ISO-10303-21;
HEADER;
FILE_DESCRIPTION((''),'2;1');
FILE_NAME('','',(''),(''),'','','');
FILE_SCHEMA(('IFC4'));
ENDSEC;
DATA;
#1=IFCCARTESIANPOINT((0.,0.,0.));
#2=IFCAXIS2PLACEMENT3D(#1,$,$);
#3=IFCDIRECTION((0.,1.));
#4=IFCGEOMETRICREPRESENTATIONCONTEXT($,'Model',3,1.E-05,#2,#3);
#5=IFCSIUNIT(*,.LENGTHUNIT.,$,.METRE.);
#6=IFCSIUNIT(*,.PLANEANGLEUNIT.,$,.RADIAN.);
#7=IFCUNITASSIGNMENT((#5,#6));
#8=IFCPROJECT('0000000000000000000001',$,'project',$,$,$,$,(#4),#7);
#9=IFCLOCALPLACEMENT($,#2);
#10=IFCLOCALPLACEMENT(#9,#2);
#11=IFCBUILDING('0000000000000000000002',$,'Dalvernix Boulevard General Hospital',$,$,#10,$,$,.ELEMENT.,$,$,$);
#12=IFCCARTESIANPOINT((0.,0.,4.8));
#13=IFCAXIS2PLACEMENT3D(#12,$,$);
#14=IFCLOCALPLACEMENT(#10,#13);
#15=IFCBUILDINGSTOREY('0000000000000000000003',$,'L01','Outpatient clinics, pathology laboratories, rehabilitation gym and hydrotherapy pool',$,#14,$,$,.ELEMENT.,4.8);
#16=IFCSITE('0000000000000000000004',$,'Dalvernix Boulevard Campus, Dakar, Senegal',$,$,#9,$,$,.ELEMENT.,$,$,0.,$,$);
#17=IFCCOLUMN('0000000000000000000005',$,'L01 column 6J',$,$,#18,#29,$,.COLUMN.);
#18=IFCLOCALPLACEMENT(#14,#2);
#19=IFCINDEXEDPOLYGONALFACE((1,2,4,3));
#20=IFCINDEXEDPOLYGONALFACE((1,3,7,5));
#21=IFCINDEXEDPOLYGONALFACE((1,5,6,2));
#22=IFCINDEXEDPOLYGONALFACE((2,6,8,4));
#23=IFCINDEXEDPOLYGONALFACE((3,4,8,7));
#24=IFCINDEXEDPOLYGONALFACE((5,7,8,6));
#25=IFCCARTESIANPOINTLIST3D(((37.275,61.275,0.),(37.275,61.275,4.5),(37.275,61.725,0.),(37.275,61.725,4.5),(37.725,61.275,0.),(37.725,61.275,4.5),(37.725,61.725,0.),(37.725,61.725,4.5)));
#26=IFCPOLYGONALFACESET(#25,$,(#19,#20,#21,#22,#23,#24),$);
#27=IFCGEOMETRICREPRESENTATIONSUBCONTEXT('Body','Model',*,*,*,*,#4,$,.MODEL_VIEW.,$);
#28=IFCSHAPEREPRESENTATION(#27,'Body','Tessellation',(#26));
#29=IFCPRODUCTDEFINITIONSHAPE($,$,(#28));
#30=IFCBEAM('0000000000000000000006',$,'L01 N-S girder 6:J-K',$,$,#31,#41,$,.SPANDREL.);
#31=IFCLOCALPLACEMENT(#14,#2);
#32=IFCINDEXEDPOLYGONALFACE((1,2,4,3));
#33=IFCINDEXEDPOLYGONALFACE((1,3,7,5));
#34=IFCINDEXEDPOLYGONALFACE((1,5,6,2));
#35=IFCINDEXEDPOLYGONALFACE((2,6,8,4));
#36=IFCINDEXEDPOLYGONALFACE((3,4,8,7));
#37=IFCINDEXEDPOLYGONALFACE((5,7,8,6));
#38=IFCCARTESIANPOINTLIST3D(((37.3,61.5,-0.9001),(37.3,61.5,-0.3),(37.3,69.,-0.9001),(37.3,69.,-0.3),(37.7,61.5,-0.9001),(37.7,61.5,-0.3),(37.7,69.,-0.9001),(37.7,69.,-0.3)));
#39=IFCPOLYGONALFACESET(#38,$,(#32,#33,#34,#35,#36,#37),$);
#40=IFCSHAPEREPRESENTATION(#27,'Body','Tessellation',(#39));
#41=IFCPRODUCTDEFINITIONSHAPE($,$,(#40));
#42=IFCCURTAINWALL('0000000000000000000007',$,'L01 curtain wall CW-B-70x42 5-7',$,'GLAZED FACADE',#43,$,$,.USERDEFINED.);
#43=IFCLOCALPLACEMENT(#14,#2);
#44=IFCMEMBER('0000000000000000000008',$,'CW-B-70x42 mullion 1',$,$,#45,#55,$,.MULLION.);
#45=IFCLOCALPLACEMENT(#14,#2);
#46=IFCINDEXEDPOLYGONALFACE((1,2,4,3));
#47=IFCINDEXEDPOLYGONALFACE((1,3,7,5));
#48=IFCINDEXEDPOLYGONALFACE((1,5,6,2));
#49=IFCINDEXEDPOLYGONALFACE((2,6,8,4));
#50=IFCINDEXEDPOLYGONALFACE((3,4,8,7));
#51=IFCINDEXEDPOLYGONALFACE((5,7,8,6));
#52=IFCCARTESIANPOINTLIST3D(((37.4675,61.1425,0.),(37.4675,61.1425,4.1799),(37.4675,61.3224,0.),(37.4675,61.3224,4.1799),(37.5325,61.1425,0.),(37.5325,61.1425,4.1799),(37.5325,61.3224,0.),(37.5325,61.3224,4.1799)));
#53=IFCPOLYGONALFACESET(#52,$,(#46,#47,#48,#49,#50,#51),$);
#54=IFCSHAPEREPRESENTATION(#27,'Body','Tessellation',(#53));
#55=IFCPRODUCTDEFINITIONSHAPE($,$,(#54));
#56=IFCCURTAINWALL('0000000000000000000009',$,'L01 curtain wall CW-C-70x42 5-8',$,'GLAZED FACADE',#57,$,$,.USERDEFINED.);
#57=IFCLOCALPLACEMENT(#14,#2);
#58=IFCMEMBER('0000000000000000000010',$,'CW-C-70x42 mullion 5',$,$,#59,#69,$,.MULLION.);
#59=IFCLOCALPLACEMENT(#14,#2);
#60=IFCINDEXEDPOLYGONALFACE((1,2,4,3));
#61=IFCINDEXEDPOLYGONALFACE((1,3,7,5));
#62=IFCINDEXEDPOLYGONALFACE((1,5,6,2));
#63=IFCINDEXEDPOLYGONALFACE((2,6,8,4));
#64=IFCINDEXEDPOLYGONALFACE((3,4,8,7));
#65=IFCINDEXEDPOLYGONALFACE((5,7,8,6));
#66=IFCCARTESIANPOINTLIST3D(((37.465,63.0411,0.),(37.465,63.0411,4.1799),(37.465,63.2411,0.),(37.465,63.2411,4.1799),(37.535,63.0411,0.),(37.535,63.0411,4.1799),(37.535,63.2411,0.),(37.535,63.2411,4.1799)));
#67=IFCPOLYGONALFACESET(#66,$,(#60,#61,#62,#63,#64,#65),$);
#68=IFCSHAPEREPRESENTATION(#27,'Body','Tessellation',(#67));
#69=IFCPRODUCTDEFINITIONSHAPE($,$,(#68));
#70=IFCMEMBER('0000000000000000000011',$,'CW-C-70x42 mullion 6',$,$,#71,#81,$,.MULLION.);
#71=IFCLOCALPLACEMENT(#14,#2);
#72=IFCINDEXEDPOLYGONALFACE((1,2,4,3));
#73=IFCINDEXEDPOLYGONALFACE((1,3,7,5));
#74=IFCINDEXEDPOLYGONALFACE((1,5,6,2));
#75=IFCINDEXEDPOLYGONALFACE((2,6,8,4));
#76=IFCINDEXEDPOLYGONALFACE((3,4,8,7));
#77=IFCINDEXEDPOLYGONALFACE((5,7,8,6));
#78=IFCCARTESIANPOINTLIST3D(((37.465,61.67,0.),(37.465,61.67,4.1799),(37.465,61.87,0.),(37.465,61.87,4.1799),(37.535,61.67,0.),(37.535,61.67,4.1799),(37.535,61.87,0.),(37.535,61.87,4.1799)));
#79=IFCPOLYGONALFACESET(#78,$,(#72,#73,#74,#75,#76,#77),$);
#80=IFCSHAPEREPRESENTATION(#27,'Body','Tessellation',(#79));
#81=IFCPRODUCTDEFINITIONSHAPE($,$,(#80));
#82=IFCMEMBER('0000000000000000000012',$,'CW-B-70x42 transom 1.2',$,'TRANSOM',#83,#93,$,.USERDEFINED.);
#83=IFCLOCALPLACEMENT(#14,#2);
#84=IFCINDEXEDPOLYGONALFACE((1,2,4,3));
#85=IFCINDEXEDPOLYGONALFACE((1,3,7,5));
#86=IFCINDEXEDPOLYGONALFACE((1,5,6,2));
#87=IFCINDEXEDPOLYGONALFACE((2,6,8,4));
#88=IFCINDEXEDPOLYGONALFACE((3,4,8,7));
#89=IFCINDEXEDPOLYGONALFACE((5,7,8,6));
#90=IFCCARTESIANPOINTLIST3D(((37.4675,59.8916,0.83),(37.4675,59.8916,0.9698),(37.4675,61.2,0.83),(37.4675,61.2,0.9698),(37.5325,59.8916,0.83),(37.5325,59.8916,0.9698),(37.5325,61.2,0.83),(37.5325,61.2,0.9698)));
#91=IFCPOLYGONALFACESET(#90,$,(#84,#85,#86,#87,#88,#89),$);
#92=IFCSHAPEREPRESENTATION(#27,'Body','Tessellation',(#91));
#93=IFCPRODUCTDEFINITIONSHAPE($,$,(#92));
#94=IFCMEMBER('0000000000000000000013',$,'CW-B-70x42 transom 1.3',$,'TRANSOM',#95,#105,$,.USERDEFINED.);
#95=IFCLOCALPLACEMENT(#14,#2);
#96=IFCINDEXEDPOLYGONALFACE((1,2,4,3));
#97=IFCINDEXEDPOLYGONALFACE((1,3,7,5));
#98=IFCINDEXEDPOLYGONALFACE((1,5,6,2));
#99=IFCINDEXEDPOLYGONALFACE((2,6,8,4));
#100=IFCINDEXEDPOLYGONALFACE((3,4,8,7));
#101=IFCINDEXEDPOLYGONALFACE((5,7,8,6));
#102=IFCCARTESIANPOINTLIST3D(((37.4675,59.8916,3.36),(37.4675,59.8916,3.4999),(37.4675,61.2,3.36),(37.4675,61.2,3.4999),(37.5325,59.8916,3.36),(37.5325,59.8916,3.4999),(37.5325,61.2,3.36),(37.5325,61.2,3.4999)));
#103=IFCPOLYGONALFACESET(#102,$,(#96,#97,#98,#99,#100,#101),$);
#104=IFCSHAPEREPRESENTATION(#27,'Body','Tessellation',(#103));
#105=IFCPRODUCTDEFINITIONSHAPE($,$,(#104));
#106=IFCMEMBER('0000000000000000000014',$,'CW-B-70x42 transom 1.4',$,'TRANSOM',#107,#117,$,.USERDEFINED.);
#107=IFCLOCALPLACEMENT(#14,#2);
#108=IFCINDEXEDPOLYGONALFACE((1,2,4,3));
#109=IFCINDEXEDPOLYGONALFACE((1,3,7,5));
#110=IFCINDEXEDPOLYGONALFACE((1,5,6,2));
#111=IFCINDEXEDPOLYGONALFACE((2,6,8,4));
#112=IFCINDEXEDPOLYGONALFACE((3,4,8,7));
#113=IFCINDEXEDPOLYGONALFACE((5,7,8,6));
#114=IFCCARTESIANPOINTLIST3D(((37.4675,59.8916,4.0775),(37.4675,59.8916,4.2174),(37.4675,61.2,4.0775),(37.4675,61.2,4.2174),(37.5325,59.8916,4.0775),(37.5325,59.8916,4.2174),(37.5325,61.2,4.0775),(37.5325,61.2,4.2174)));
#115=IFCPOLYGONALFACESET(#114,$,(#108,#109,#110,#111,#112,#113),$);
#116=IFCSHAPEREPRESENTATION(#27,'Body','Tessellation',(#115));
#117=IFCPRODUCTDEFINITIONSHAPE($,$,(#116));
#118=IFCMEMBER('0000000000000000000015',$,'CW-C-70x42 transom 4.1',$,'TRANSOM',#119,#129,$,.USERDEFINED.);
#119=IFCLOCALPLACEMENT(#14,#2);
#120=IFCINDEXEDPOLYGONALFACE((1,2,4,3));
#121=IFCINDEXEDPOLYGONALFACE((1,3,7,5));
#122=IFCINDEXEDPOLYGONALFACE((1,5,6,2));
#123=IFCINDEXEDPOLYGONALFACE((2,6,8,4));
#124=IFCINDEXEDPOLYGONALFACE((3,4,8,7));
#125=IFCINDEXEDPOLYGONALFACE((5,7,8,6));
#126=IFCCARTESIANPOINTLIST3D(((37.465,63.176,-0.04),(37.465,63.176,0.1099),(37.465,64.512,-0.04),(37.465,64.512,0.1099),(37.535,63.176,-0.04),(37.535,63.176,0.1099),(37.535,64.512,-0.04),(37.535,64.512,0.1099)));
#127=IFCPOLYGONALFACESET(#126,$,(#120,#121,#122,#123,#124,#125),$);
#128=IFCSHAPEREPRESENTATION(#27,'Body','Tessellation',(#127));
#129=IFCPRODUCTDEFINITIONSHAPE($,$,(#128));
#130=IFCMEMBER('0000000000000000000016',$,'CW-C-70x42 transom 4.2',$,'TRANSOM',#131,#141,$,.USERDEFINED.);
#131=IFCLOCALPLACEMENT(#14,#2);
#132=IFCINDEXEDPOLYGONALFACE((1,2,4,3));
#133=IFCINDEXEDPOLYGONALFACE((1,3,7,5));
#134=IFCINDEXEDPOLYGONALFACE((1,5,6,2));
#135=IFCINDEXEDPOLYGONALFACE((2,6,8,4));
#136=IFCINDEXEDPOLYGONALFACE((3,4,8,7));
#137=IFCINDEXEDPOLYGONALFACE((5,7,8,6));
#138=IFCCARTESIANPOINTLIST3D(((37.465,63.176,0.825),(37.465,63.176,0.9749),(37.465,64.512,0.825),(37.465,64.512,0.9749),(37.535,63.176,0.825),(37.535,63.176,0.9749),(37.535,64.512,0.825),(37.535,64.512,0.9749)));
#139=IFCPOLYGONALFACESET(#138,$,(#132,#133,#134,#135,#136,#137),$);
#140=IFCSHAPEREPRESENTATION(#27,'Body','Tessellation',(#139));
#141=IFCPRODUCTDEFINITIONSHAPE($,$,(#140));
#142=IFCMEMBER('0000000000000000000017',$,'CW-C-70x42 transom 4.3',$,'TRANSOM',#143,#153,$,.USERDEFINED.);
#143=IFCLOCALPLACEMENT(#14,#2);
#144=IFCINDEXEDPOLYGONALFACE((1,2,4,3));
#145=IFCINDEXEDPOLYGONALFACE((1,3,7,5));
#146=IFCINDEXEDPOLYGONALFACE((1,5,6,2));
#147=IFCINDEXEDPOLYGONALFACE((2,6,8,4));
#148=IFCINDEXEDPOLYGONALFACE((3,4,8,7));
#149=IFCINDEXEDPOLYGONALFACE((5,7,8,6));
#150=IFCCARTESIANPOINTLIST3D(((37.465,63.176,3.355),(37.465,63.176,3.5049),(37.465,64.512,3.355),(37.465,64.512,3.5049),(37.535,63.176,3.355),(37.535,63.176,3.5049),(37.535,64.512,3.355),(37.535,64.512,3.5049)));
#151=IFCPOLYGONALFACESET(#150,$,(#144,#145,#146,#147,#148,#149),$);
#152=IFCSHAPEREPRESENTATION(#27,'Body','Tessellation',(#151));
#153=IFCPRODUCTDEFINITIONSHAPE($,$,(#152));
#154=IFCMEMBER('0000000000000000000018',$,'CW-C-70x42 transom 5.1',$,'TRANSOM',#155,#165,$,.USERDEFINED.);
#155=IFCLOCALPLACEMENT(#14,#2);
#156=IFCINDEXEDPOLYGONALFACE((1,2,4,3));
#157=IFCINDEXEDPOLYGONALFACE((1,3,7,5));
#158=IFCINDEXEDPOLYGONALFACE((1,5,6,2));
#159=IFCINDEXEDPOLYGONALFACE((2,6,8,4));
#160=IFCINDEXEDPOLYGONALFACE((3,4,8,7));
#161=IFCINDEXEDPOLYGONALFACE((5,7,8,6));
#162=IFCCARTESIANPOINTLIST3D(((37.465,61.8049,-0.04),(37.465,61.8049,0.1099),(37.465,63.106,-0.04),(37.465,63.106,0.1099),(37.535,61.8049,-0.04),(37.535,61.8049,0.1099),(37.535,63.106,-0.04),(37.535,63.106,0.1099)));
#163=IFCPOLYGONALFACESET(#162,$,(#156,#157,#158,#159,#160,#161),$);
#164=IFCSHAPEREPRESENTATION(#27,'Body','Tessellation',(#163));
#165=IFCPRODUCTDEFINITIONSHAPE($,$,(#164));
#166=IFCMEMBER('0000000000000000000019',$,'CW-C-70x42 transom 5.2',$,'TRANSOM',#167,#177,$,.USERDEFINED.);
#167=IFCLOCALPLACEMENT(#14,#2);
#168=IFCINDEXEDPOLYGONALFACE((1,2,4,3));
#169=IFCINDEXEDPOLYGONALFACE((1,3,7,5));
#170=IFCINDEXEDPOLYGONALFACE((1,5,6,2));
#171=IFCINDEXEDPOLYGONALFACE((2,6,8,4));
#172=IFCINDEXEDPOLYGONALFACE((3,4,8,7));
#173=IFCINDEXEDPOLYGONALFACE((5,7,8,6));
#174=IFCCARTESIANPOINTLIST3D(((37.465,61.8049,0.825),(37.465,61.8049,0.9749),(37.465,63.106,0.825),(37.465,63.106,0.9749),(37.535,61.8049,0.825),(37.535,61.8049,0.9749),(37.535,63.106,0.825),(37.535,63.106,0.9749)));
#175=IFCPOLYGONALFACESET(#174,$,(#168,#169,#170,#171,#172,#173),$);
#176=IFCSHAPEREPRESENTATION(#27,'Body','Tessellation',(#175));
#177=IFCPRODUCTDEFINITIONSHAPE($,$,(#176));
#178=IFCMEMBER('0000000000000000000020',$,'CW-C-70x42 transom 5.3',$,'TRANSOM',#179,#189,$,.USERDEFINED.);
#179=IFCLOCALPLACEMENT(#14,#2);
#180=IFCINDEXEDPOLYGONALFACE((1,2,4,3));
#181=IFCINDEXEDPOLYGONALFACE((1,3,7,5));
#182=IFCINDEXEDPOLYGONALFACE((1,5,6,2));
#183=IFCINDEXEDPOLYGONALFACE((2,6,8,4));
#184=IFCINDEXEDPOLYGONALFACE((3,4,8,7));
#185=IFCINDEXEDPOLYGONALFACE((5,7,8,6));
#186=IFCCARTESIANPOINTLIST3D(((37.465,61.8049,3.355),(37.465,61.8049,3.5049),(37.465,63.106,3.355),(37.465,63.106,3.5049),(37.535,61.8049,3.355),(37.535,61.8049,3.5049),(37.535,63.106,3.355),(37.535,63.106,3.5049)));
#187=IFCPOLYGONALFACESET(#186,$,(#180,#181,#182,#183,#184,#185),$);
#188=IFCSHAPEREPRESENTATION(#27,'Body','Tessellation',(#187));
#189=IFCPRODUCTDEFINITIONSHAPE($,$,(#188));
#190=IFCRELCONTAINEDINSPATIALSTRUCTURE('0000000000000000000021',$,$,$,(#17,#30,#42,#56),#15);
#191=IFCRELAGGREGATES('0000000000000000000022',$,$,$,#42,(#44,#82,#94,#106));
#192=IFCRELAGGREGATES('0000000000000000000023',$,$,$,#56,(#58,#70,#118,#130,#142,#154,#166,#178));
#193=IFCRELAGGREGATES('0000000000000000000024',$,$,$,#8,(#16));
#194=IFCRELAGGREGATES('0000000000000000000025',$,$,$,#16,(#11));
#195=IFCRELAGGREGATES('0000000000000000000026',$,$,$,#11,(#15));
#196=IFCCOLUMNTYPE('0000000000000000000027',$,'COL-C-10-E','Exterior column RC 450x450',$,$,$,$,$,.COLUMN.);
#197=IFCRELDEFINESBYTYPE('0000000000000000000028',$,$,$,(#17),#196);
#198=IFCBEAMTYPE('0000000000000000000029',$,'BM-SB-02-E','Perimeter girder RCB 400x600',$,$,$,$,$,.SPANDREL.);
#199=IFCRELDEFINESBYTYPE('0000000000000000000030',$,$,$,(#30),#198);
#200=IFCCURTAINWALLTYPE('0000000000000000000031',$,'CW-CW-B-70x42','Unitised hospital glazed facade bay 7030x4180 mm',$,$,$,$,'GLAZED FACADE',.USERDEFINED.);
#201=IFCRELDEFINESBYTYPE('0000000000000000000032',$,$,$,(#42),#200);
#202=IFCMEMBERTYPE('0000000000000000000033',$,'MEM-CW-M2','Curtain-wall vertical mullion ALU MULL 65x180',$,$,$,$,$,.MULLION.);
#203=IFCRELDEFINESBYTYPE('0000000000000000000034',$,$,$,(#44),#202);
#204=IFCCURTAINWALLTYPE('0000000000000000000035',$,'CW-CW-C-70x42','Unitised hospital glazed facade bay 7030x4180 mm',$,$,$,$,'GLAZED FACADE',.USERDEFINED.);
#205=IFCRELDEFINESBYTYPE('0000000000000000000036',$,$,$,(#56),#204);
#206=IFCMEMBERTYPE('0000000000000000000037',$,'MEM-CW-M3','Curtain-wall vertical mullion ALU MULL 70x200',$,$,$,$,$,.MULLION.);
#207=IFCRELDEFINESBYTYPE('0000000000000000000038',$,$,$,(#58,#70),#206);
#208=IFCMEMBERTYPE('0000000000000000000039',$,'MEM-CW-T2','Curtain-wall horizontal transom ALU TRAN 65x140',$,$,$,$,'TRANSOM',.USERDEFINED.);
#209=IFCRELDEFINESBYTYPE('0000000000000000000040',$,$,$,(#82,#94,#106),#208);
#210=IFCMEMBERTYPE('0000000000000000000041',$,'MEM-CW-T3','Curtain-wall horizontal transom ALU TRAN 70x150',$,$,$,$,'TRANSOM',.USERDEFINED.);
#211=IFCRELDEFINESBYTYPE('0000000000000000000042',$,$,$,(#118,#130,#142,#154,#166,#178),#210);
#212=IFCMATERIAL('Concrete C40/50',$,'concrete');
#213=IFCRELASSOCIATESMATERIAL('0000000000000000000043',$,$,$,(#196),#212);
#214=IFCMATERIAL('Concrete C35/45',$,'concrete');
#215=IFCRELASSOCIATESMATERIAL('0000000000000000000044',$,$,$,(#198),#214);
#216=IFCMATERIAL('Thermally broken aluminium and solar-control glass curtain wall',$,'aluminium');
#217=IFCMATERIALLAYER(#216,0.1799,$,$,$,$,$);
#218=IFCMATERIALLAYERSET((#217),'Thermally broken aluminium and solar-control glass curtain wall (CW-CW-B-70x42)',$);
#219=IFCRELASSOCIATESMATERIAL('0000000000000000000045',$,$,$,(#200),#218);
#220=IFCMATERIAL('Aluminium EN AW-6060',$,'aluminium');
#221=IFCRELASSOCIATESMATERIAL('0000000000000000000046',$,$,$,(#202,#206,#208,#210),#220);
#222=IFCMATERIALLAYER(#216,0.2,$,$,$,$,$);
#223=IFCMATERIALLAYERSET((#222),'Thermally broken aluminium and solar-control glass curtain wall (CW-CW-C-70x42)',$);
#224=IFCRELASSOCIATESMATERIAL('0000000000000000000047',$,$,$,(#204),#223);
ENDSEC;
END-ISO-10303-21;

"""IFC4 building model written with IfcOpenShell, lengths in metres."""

from ifc_helpers import new_model, si_unit, direction, frame, origin, origin_2d, place, context, subcontext, project, spatial, rectangle, extrude, material, layer, layer_set, material_profile, profile_set, type_object, element, aggregate, save


model = new_model("IFC4")

# Units and contexts
model_context = context("Model", 3, precision=1e-05, world=origin(), true_north=direction((0.0, 1.0)))
body_context = subcontext(model_context, "Body", "Model", "MODEL_VIEW")
ifc_project = project(units=[si_unit("LENGTHUNIT", "METRE"), si_unit("PLANEANGLEUNIT", "RADIAN")], contexts=[model_context])

# Site, building, storey
site_placement = place(None, origin())
site = spatial("IfcSite", under=ifc_project, at=site_placement, Name="Dalvernix Boulevard Campus, Dakar, Senegal", CompositionType="ELEMENT", RefElevation=0.0)
building_placement = place(site_placement, origin())
building = spatial("IfcBuilding", under=site, at=building_placement, Name="Dalvernix Boulevard General Hospital", CompositionType="ELEMENT")
storey_placement = place(building_placement, frame((0.0, 0.0, 4.8)))
storey = spatial("IfcBuildingStorey", under=building, at=storey_placement, Name="L01", Description="Outpatient clinics, pathology laboratories, rehabilitation gym and hydrotherapy pool", CompositionType="ELEMENT", Elevation=4.8)

# Column
ifc_material_1 = material(Name="Concrete C40/50", Category="concrete")
ifc_material_profile_1 = material_profile(ifc_material_1, rectangle(XDim=0.45, YDim=0.45, at=origin_2d()), Name="RC 450x450")
ifc_profile_set_1 = profile_set([ifc_material_profile_1], Name="Concrete C40/50")
column_type = type_object("IfcColumnType", Name="COL-C-10-E", Description="Exterior column RC 450x450", PredefinedType="COLUMN", material=ifc_profile_set_1)
column_placement = place(storey_placement, frame((37.5, 61.5, 0.0), z_axis=(0.0, 0.0, 1.0), x_axis=(1.0, 0.0, 0.0)))
element("IfcColumn", 1, at=column_placement, inside=storey, type_object=column_type, Name="L01 column 6J", PredefinedType="COLUMN", context=body_context, shape_type="SweptSolid", body=[
    extrude(rectangle(XDim=0.45, YDim=0.45, at=origin_2d()), origin(), (0.0, 0.0, 1.0), 4.5),
])

# Beam
ifc_material_2 = material(Name="Concrete C35/45", Category="concrete")
ifc_material_profile_2 = material_profile(ifc_material_2, rectangle(XDim=0.3999, YDim=0.6001, at=origin_2d()), Name="RCB 400x600")
ifc_profile_set_2 = profile_set([ifc_material_profile_2], Name="Concrete C35/45")
beam_type = type_object("IfcBeamType", Name="BM-SB-02-E", Description="Perimeter girder RCB 400x600", PredefinedType="SPANDREL", material=ifc_profile_set_2)
beam_placement = place(storey_placement, frame((37.5, 61.5, -0.6001), z_axis=(0.0, 1.0, 0.0), x_axis=(-1.0, 0.0, 0.0)))
element("IfcBeam", 2, at=beam_placement, inside=storey, type_object=beam_type, Name="L01 N-S girder 6:J-K", PredefinedType="SPANDREL", context=body_context, shape_type="SweptSolid", body=[
    extrude(rectangle(XDim=0.3999, YDim=0.6001, at=origin_2d()), origin(), (0.0, 0.0, 1.0), 7.5),
])

# Curtain wall, member
ifc_material_3 = material(Name="Thermally broken aluminium and solar-control glass curtain wall", Category="aluminium")
ifc_layer_1 = layer(ifc_material_3, 0.1799)
ifc_layer_set_1 = layer_set([ifc_layer_1], Name="Thermally broken aluminium and solar-control glass curtain wall (CW-CW-B-70x42)")
curtain_wall_type_1 = type_object("IfcCurtainWallType", Name="CW-CW-B-70x42", Description="Unitised hospital glazed facade bay 7030x4180 mm", ElementType="GLAZED FACADE", PredefinedType="USERDEFINED", material=ifc_layer_set_1)
curtain_wall_1_placement = place(storey_placement, origin())
curtain_wall_1 = element("IfcCurtainWall", 3, at=curtain_wall_1_placement, inside=storey, type_object=curtain_wall_type_1, Name="L01 curtain wall CW-B-70x42 5-7", ObjectType="GLAZED FACADE", PredefinedType="USERDEFINED")
ifc_material_4 = material(Name="Aluminium EN AW-6060", Category="aluminium")
ifc_material_profile_3 = material_profile(ifc_material_4, rectangle(XDim=0.0649, YDim=0.1799, at=origin_2d()), Name="ALU MULL 65x180")
ifc_profile_set_3 = profile_set([ifc_material_profile_3], Name="Aluminium EN AW-6060")
member_type_1 = type_object("IfcMemberType", Name="MEM-CW-M2", Description="Curtain-wall vertical mullion ALU MULL 65x180", PredefinedType="MULLION", material=ifc_profile_set_3)
member_1_placement = place(storey_placement, frame((37.5, 61.2324, 0.0), z_axis=(0.0, 0.0, 1.0), x_axis=(1.0, 0.0, 0.0)))
member_1 = element("IfcMember", 4, at=member_1_placement, type_object=member_type_1, Name="CW-B-70x42 mullion 1", PredefinedType="MULLION", context=body_context, shape_type="SweptSolid", body=[
    extrude(rectangle(XDim=0.0649, YDim=0.1799, at=origin_2d()), origin(), (0.0, 0.0, 1.0), 4.1799),
])

# Curtain wall, members
ifc_layer_2 = layer(ifc_material_3, 0.2)
ifc_layer_set_2 = layer_set([ifc_layer_2], Name="Thermally broken aluminium and solar-control glass curtain wall (CW-CW-C-70x42)")
curtain_wall_type_2 = type_object("IfcCurtainWallType", Name="CW-CW-C-70x42", Description="Unitised hospital glazed facade bay 7030x4180 mm", ElementType="GLAZED FACADE", PredefinedType="USERDEFINED", material=ifc_layer_set_2)
curtain_wall_2_placement = place(storey_placement, origin())
curtain_wall_2 = element("IfcCurtainWall", 5, at=curtain_wall_2_placement, inside=storey, type_object=curtain_wall_type_2, Name="L01 curtain wall CW-C-70x42 5-8", ObjectType="GLAZED FACADE", PredefinedType="USERDEFINED")
ifc_material_profile_4 = material_profile(ifc_material_4, rectangle(XDim=0.0701, YDim=0.2, at=origin_2d()), Name="ALU MULL 70x200")
ifc_profile_set_4 = profile_set([ifc_material_profile_4], Name="Aluminium EN AW-6060")
member_type_2 = type_object("IfcMemberType", Name="MEM-CW-M3", Description="Curtain-wall vertical mullion ALU MULL 70x200", PredefinedType="MULLION", material=ifc_profile_set_4)
member_2_placement = place(storey_placement, frame((37.5, 63.1411, 0.0), z_axis=(0.0, 0.0, 1.0), x_axis=(1.0, 0.0, 0.0)))
member_2 = element("IfcMember", 6, at=member_2_placement, type_object=member_type_2, Name="CW-C-70x42 mullion 5", PredefinedType="MULLION", context=body_context, shape_type="SweptSolid", body=[
    extrude(rectangle(XDim=0.0701, YDim=0.2, at=origin_2d()), origin(), (0.0, 0.0, 1.0), 4.1799),
])
member_3_placement = place(storey_placement, frame((37.5, 61.77, 0.0), z_axis=(0.0, 0.0, 1.0), x_axis=(1.0, 0.0, 0.0)))
member_3 = element("IfcMember", 7, at=member_3_placement, type_object=member_type_2, Name="CW-C-70x42 mullion 6", PredefinedType="MULLION", context=body_context, shape_type="SweptSolid", body=[
    extrude(rectangle(XDim=0.0701, YDim=0.2, at=origin_2d()), origin(), (0.0, 0.0, 1.0), 4.1799),
])

# Members
ifc_material_profile_5 = material_profile(ifc_material_4, rectangle(XDim=0.0649, YDim=0.1399, at=origin_2d()), Name="ALU TRAN 65x140")
ifc_profile_set_5 = profile_set([ifc_material_profile_5], Name="Aluminium EN AW-6060")
member_type_3 = type_object("IfcMemberType", Name="MEM-CW-T2", Description="Curtain-wall horizontal transom ALU TRAN 65x140", ElementType="TRANSOM", PredefinedType="USERDEFINED", material=ifc_profile_set_5)
member_4_placement = place(storey_placement, frame((37.5, 61.2, 0.8999), z_axis=(0.0, -1.0, 0.0), x_axis=(1.0, 0.0, 0.0)))
member_4 = element("IfcMember", 8, at=member_4_placement, type_object=member_type_3, Name="CW-B-70x42 transom 1.2", ObjectType="TRANSOM", PredefinedType="USERDEFINED", context=body_context, shape_type="SweptSolid", body=[
    extrude(rectangle(XDim=0.0649, YDim=0.1399, at=origin_2d()), origin(), (0.0, 0.0, 1.0), 1.3083),
])
member_5_placement = place(storey_placement, frame((37.5, 61.2, 3.4299), z_axis=(0.0, -1.0, 0.0), x_axis=(1.0, 0.0, 0.0)))
member_5 = element("IfcMember", 9, at=member_5_placement, type_object=member_type_3, Name="CW-B-70x42 transom 1.3", ObjectType="TRANSOM", PredefinedType="USERDEFINED", context=body_context, shape_type="SweptSolid", body=[
    extrude(rectangle(XDim=0.0649, YDim=0.1399, at=origin_2d()), origin(), (0.0, 0.0, 1.0), 1.3083),
])
member_6_placement = place(storey_placement, frame((37.5, 61.2, 4.1475), z_axis=(0.0, -1.0, 0.0), x_axis=(1.0, 0.0, 0.0)))
member_6 = element("IfcMember", 10, at=member_6_placement, type_object=member_type_3, Name="CW-B-70x42 transom 1.4", ObjectType="TRANSOM", PredefinedType="USERDEFINED", context=body_context, shape_type="SweptSolid", body=[
    extrude(rectangle(XDim=0.0649, YDim=0.1399, at=origin_2d()), origin(), (0.0, 0.0, 1.0), 1.3083),
])
aggregate(curtain_wall_1, [member_1, member_4, member_5, member_6])
ifc_material_profile_6 = material_profile(ifc_material_4, rectangle(XDim=0.0701, YDim=0.1499, at=origin_2d()), Name="ALU TRAN 70x150")
ifc_profile_set_6 = profile_set([ifc_material_profile_6], Name="Aluminium EN AW-6060")
member_type_4 = type_object("IfcMemberType", Name="MEM-CW-T3", Description="Curtain-wall horizontal transom ALU TRAN 70x150", ElementType="TRANSOM", PredefinedType="USERDEFINED", material=ifc_profile_set_6)
member_7_placement = place(storey_placement, frame((37.5, 64.512, 0.0349), z_axis=(0.0, -1.0, 0.0), x_axis=(1.0, 0.0, 0.0)))
member_7 = element("IfcMember", 11, at=member_7_placement, type_object=member_type_4, Name="CW-C-70x42 transom 4.1", ObjectType="TRANSOM", PredefinedType="USERDEFINED", context=body_context, shape_type="SweptSolid", body=[
    extrude(rectangle(XDim=0.0701, YDim=0.1499, at=origin_2d()), origin(), (0.0, 0.0, 1.0), 1.3359),
])
member_8_placement = place(storey_placement, frame((37.5, 64.512, 0.8999), z_axis=(0.0, -1.0, 0.0), x_axis=(1.0, 0.0, 0.0)))
member_8 = element("IfcMember", 12, at=member_8_placement, type_object=member_type_4, Name="CW-C-70x42 transom 4.2", ObjectType="TRANSOM", PredefinedType="USERDEFINED", context=body_context, shape_type="SweptSolid", body=[
    extrude(rectangle(XDim=0.0701, YDim=0.1499, at=origin_2d()), origin(), (0.0, 0.0, 1.0), 1.3359),
])
member_9_placement = place(storey_placement, frame((37.5, 64.512, 3.4299), z_axis=(0.0, -1.0, 0.0), x_axis=(1.0, 0.0, 0.0)))
member_9 = element("IfcMember", 13, at=member_9_placement, type_object=member_type_4, Name="CW-C-70x42 transom 4.3", ObjectType="TRANSOM", PredefinedType="USERDEFINED", context=body_context, shape_type="SweptSolid", body=[
    extrude(rectangle(XDim=0.0701, YDim=0.1499, at=origin_2d()), origin(), (0.0, 0.0, 1.0), 1.3359),
])
member_10_placement = place(storey_placement, frame((37.5, 63.106, 0.0349), z_axis=(0.0, -1.0, 0.0), x_axis=(1.0, 0.0, 0.0)))
member_10 = element("IfcMember", 14, at=member_10_placement, type_object=member_type_4, Name="CW-C-70x42 transom 5.1", ObjectType="TRANSOM", PredefinedType="USERDEFINED", context=body_context, shape_type="SweptSolid", body=[
    extrude(rectangle(XDim=0.0701, YDim=0.1499, at=origin_2d()), origin(), (0.0, 0.0, 1.0), 1.301),
])
member_11_placement = place(storey_placement, frame((37.5, 63.106, 0.8999), z_axis=(0.0, -1.0, 0.0), x_axis=(1.0, 0.0, 0.0)))
member_11 = element("IfcMember", 15, at=member_11_placement, type_object=member_type_4, Name="CW-C-70x42 transom 5.2", ObjectType="TRANSOM", PredefinedType="USERDEFINED", context=body_context, shape_type="SweptSolid", body=[
    extrude(rectangle(XDim=0.0701, YDim=0.1499, at=origin_2d()), origin(), (0.0, 0.0, 1.0), 1.301),
])
member_12_placement = place(storey_placement, frame((37.5, 63.106, 3.4299), z_axis=(0.0, -1.0, 0.0), x_axis=(1.0, 0.0, 0.0)))
member_12 = element("IfcMember", 16, at=member_12_placement, type_object=member_type_4, Name="CW-C-70x42 transom 5.3", ObjectType="TRANSOM", PredefinedType="USERDEFINED", context=body_context, shape_type="SweptSolid", body=[
    extrude(rectangle(XDim=0.0701, YDim=0.1499, at=origin_2d()), origin(), (0.0, 0.0, 1.0), 1.301),
])

aggregate(curtain_wall_2, [member_2, member_3, member_7, member_8, member_9, member_10, member_11, member_12])

save(model, "model.ifc")
